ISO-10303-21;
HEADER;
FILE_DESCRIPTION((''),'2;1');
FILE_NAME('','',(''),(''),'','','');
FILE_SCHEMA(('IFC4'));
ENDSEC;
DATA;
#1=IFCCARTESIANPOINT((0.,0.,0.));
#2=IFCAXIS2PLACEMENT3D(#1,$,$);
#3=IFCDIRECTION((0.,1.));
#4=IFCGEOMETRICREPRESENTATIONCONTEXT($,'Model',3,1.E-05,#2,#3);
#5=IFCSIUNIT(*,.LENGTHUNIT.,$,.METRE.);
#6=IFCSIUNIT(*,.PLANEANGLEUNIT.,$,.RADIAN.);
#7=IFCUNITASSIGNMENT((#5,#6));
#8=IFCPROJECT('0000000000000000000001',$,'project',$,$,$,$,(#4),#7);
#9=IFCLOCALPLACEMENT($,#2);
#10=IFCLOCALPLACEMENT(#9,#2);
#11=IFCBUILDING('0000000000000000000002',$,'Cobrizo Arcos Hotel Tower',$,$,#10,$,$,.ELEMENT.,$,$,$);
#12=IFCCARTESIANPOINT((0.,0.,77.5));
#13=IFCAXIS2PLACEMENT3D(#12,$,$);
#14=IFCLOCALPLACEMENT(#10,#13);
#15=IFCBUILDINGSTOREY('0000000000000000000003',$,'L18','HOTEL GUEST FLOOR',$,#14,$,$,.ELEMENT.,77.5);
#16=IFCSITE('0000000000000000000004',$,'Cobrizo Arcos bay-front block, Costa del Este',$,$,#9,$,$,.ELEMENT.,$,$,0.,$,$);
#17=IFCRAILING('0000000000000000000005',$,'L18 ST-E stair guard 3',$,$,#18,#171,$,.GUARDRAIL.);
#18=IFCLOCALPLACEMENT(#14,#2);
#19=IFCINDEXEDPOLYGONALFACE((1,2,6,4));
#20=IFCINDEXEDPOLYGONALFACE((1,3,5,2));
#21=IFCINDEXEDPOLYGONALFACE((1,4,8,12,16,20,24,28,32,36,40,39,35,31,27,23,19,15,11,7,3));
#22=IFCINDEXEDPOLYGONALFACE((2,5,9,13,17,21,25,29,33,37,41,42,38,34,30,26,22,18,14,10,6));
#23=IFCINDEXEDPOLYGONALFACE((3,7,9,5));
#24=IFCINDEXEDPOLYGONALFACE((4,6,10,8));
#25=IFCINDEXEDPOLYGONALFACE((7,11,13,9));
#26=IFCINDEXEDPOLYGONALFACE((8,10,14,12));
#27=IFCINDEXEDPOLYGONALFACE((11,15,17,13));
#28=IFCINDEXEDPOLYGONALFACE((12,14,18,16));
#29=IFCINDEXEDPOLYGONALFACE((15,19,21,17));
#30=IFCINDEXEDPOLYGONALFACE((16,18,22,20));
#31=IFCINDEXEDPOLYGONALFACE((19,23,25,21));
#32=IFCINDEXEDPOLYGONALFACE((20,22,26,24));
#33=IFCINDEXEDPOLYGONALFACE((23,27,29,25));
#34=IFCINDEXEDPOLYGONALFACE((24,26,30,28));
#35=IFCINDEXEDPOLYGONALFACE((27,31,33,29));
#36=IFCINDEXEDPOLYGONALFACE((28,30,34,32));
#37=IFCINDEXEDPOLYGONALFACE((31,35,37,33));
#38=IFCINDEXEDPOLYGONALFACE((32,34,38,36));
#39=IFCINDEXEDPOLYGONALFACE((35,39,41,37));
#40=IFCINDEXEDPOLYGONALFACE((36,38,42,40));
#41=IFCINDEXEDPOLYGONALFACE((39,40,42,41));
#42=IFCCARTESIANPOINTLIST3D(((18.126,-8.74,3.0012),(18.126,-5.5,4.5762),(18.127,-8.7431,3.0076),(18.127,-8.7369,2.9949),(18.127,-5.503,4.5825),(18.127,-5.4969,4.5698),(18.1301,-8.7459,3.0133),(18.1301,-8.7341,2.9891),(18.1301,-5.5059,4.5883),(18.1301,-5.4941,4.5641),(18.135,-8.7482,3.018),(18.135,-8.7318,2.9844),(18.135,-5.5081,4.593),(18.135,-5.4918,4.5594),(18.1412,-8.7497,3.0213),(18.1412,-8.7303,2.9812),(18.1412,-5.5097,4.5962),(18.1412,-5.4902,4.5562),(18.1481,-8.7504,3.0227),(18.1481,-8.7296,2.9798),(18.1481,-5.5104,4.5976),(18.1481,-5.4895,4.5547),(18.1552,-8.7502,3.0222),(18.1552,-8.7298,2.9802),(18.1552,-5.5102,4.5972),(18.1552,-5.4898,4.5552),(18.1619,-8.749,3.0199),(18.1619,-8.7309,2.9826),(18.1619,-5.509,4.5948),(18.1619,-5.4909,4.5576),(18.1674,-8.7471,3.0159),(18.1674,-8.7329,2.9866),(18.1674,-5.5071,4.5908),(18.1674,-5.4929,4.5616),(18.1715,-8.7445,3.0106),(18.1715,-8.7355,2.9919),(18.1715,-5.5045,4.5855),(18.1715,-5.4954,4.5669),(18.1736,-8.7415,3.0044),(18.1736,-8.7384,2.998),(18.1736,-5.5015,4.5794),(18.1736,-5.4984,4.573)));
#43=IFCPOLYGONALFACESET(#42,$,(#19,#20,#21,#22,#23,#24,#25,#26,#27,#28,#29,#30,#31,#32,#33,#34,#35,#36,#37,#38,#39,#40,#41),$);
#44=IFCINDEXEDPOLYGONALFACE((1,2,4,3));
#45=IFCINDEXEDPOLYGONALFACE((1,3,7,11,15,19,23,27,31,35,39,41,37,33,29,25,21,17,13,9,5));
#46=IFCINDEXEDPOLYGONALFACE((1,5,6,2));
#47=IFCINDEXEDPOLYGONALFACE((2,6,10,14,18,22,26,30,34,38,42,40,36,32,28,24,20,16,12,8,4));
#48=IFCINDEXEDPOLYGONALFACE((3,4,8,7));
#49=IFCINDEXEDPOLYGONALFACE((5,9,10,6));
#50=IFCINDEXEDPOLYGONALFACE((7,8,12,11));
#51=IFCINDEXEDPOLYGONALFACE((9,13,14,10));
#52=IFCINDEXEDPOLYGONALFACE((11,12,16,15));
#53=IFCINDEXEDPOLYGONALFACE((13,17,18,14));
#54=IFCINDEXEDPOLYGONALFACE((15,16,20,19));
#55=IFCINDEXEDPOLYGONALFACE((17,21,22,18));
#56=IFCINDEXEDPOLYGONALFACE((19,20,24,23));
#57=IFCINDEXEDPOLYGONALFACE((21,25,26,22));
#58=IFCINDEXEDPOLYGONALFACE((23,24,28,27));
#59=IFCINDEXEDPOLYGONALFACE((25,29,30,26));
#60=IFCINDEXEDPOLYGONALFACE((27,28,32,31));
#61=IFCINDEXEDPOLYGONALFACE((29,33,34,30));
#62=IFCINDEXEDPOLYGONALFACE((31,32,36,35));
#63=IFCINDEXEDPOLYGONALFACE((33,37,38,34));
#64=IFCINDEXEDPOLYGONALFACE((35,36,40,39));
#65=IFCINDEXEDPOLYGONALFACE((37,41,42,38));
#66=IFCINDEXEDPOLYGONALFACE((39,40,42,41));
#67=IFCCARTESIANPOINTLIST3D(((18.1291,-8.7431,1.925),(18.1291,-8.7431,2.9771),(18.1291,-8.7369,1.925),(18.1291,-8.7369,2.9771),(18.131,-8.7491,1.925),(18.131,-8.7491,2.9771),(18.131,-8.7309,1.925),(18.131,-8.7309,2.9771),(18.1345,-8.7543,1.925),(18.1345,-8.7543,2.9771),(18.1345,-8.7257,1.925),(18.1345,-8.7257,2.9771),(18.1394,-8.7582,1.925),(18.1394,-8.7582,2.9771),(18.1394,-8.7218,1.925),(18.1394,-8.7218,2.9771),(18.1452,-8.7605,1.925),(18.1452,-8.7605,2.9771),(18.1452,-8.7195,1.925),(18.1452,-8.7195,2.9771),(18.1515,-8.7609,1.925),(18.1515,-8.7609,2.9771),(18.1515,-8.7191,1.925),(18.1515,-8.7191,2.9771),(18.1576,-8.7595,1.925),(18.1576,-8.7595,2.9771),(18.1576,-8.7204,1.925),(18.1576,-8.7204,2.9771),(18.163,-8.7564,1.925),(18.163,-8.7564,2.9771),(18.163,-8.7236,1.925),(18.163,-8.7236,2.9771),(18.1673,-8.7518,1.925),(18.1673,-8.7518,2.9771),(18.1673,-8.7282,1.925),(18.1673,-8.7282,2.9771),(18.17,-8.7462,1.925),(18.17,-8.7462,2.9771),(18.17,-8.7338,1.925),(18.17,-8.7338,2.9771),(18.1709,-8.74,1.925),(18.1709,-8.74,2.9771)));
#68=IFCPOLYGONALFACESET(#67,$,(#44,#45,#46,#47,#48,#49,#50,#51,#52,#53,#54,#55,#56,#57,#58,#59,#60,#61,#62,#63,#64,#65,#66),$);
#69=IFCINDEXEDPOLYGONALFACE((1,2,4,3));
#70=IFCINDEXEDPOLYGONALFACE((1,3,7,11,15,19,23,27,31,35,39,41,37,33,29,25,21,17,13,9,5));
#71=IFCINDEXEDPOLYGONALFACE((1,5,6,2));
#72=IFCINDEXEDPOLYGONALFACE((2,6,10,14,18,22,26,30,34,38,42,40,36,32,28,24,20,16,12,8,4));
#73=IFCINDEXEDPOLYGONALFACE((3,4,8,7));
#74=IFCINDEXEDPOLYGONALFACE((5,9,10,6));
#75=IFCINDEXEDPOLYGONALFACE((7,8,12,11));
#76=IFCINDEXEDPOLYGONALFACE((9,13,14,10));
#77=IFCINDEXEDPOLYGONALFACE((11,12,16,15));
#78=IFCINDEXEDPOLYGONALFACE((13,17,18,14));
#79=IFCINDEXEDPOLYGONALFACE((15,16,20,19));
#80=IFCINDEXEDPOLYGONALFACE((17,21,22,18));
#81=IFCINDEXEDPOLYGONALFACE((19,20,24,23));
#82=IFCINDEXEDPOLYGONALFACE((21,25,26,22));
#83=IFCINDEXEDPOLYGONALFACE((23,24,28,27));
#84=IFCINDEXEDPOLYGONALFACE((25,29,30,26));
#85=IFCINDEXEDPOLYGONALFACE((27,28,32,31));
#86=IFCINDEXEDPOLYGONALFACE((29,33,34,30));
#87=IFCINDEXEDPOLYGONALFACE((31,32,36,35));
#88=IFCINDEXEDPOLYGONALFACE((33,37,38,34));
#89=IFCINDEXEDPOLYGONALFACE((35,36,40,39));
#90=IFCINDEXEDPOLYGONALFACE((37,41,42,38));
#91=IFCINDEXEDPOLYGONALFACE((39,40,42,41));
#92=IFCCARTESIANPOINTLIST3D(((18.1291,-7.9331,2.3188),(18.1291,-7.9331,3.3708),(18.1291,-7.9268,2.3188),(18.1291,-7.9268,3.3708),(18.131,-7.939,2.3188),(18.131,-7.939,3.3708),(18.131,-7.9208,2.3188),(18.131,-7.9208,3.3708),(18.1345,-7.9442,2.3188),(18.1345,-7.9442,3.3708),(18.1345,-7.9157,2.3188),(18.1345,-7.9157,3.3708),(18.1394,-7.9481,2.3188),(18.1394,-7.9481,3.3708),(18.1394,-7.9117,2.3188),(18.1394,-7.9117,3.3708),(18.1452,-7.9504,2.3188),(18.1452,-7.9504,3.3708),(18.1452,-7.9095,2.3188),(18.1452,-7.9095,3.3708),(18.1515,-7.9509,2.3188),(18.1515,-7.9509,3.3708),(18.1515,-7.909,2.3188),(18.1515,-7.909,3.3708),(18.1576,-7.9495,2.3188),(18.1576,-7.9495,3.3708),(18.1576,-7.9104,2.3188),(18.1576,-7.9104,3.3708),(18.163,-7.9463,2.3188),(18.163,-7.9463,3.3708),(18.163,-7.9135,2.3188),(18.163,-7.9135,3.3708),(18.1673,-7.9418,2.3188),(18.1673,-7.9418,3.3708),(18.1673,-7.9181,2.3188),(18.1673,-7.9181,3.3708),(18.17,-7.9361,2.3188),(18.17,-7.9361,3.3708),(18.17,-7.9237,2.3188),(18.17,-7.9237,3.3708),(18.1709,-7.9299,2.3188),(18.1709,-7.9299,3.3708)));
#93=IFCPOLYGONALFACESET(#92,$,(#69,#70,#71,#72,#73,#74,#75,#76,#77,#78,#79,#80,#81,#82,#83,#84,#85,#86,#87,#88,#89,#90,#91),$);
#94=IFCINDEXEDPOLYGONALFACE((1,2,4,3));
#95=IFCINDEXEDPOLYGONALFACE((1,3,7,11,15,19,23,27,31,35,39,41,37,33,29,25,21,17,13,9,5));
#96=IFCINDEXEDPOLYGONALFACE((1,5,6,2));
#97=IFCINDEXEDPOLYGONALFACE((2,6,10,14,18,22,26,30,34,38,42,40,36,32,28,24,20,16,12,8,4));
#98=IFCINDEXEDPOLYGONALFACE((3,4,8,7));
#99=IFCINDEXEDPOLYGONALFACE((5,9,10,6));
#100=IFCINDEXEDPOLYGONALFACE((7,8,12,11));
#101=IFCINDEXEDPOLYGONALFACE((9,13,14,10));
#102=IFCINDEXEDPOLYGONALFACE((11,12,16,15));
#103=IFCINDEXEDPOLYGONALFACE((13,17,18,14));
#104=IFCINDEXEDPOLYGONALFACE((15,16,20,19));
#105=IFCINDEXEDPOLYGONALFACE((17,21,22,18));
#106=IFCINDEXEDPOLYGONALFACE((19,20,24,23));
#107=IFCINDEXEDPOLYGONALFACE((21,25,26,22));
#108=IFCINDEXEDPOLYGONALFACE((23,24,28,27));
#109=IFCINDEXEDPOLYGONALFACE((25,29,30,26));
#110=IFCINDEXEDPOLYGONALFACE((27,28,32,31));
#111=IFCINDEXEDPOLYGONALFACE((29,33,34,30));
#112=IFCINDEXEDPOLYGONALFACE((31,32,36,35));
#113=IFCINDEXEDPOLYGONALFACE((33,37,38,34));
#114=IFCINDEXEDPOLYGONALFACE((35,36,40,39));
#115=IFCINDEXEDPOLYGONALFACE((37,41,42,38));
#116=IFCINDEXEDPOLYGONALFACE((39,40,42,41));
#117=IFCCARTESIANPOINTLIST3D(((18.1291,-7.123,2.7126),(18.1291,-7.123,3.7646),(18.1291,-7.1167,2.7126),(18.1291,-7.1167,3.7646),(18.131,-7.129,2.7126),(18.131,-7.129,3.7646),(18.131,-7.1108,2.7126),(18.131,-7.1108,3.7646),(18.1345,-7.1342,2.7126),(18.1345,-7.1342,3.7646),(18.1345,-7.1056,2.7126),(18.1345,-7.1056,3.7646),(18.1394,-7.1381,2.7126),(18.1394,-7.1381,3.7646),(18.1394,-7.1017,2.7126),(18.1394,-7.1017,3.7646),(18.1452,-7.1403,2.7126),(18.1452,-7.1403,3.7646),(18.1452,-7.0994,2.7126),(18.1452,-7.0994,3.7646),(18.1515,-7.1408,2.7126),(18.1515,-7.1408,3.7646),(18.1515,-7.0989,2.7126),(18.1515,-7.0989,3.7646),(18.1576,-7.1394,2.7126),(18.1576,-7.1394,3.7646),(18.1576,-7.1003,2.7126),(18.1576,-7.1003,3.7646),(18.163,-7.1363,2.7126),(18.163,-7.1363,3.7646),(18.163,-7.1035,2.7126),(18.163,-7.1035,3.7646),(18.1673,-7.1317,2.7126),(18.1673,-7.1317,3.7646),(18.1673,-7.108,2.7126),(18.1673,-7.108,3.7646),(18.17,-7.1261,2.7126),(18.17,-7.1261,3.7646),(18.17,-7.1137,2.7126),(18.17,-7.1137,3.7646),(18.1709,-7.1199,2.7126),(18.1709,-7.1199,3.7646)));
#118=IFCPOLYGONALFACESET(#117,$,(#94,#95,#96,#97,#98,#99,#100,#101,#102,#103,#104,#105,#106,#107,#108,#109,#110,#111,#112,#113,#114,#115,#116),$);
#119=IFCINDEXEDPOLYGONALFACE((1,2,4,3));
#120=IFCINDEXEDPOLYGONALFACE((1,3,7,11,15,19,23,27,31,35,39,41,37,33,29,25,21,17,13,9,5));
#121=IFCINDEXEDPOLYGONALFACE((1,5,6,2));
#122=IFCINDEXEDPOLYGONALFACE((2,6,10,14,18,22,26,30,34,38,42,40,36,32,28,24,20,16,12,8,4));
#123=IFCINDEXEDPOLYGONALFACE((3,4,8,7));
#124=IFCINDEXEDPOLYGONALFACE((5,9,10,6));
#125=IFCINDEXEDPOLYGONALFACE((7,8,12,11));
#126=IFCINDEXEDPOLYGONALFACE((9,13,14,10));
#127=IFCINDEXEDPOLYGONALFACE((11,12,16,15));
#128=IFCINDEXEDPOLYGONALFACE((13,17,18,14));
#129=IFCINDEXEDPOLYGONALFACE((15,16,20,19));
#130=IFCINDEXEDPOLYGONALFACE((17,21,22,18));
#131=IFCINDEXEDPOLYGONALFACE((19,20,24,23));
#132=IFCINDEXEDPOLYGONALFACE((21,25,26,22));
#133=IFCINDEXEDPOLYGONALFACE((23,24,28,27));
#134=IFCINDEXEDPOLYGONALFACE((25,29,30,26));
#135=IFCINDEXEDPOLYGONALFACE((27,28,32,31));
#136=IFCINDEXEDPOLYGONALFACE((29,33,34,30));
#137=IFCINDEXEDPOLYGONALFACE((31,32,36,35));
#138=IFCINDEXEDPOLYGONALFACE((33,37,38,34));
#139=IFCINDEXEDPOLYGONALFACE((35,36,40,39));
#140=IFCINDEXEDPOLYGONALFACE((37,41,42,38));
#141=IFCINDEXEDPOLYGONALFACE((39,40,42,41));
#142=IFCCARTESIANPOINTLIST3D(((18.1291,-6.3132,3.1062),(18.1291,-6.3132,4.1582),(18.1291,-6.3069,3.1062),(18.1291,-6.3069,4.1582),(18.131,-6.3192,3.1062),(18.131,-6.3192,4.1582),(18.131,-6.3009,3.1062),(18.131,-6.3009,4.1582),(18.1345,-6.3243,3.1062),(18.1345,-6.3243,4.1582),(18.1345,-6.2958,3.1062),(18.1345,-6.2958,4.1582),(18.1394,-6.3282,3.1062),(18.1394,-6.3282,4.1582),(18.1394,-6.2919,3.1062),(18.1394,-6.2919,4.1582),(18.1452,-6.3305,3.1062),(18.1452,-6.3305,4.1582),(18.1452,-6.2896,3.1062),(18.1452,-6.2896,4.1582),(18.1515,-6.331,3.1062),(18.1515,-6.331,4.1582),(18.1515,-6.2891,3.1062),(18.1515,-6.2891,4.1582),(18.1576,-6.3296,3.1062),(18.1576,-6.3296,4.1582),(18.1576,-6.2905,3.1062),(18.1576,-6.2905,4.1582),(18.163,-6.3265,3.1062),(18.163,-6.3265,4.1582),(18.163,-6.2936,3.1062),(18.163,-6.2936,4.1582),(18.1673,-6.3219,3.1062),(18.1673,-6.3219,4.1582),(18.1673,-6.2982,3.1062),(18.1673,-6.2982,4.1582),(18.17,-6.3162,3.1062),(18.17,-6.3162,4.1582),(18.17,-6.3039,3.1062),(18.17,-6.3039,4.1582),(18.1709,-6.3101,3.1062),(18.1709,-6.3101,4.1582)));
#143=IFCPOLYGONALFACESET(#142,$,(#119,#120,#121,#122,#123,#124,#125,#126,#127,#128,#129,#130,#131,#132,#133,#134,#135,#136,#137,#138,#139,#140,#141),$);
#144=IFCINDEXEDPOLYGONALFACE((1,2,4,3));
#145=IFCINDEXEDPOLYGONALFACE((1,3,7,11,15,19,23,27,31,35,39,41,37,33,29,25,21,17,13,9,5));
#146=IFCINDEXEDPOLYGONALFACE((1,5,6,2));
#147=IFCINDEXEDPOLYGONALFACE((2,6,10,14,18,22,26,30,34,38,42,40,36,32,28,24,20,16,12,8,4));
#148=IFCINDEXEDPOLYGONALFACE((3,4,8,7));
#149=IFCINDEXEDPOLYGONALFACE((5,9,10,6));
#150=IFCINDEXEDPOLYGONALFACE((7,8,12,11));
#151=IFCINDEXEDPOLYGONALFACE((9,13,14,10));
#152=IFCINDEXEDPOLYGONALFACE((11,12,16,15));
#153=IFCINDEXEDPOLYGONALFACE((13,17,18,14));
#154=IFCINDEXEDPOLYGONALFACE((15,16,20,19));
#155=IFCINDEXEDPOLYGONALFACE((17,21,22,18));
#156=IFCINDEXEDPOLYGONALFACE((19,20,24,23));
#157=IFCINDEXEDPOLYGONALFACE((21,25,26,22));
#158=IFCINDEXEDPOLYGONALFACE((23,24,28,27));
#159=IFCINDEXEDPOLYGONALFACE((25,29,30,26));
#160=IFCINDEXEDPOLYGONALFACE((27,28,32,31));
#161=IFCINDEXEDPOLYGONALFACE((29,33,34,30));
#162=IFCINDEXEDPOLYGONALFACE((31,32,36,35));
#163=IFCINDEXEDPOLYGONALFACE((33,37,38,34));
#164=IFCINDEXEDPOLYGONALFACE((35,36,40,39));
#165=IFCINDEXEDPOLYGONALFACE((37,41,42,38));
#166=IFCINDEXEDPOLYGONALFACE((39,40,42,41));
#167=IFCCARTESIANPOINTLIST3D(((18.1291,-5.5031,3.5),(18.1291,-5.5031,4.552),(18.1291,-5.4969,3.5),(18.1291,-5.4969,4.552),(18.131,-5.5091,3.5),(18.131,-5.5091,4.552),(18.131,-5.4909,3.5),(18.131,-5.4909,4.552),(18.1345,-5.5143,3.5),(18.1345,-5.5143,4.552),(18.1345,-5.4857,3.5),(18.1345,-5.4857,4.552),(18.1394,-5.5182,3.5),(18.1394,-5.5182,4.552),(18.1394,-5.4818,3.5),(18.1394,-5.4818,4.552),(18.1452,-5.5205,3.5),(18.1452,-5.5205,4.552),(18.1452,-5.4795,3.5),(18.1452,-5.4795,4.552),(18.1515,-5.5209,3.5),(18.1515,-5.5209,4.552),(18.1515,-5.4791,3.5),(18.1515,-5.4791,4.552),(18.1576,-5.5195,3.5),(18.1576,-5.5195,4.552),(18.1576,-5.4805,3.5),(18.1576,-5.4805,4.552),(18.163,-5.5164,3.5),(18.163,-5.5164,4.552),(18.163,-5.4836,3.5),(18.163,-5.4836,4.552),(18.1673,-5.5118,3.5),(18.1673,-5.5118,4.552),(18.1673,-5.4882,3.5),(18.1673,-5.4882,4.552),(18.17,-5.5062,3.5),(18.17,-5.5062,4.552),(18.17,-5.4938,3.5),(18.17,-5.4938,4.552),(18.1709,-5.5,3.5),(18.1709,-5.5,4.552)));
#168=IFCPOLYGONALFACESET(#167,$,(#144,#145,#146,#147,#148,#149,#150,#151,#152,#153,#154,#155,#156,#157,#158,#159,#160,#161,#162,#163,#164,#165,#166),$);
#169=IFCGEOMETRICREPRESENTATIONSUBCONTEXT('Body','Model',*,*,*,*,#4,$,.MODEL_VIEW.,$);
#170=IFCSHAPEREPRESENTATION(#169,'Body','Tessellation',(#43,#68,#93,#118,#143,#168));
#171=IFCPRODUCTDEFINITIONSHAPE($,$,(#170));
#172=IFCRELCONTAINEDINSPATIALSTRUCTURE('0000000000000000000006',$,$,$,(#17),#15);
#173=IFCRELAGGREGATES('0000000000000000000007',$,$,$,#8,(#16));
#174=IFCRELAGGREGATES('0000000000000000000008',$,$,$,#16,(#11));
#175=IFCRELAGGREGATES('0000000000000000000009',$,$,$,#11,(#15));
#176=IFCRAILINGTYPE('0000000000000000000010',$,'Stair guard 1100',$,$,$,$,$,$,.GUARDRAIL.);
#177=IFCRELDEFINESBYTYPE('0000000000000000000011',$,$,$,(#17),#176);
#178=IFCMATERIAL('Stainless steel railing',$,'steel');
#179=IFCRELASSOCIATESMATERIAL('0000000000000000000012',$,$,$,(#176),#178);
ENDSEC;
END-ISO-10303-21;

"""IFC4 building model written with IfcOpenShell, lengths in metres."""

from ifc_helpers import new_model, si_unit, direction, frame, origin, origin_2d, place, context, subcontext, project, spatial, circle, extrude, material, type_object, element, save


model = new_model("IFC4")

# Units and contexts
model_context = context("Model", 3, precision=1e-05, world=origin(), true_north=direction((0.0, 1.0)))
body_context = subcontext(model_context, "Body", "Model", "MODEL_VIEW")
ifc_project = project(units=[si_unit("LENGTHUNIT", "METRE"), si_unit("PLANEANGLEUNIT", "RADIAN")], contexts=[model_context])

# Site, building, storey
site_placement = place(None, origin())
site = spatial("IfcSite", under=ifc_project, at=site_placement, Name="Cobrizo Arcos bay-front block, Costa del Este", CompositionType="ELEMENT", RefElevation=0.0)
building_placement = place(site_placement, origin())
building = spatial("IfcBuilding", under=site, at=building_placement, Name="Cobrizo Arcos Hotel Tower", CompositionType="ELEMENT")
storey_placement = place(building_placement, frame((0.0, 0.0, 77.5)))
storey = spatial("IfcBuildingStorey", under=building, at=storey_placement, Name="L18", Description="HOTEL GUEST FLOOR", CompositionType="ELEMENT", Elevation=77.5)

# Railing
ifc_material_1 = material(Name="Stainless steel railing", Category="steel")
railing_type_1 = type_object("IfcRailingType", Name="Stair guard 1100", PredefinedType="GUARDRAIL", material=ifc_material_1)
railing_1_placement = place(storey_placement, frame((18.1499, -8.74, 1.925)))
element("IfcRailing", 1, at=railing_1_placement, inside=storey, type_object=railing_type_1, Name="L18 ST-E stair guard 3", PredefinedType="GUARDRAIL", context=body_context, shape_type="SweptSolid", body=[
    extrude(circle(Radius=0.0239, at=origin_2d()), frame((0.0, 0.0, 1.0762), z_axis=(0.0, 0.899373, 0.437183), x_axis=(-1.0, 0.0, 0.0)), (0.0, 0.0, 1.0), 3.6025),
    extrude(circle(Radius=0.021, at=origin_2d()), origin(), (0.0, 0.0, 1.0), 1.052),
    extrude(circle(Radius=0.021, at=origin_2d()), frame((0.0, 0.8101, 0.3938)), (0.0, 0.0, 1.0), 1.052),
    extrude(circle(Radius=0.021, at=origin_2d()), frame((0.0, 1.6201, 0.7876)), (0.0, 0.0, 1.0), 1.052),
    extrude(circle(Radius=0.021, at=origin_2d()), frame((0.0, 2.4299, 1.1812)), (0.0, 0.0, 1.0), 1.052),
    extrude(circle(Radius=0.021, at=origin_2d()), frame((0.0, 3.24, 1.575)), (0.0, 0.0, 1.0), 1.052),
])

save(model, "model.ifc")
